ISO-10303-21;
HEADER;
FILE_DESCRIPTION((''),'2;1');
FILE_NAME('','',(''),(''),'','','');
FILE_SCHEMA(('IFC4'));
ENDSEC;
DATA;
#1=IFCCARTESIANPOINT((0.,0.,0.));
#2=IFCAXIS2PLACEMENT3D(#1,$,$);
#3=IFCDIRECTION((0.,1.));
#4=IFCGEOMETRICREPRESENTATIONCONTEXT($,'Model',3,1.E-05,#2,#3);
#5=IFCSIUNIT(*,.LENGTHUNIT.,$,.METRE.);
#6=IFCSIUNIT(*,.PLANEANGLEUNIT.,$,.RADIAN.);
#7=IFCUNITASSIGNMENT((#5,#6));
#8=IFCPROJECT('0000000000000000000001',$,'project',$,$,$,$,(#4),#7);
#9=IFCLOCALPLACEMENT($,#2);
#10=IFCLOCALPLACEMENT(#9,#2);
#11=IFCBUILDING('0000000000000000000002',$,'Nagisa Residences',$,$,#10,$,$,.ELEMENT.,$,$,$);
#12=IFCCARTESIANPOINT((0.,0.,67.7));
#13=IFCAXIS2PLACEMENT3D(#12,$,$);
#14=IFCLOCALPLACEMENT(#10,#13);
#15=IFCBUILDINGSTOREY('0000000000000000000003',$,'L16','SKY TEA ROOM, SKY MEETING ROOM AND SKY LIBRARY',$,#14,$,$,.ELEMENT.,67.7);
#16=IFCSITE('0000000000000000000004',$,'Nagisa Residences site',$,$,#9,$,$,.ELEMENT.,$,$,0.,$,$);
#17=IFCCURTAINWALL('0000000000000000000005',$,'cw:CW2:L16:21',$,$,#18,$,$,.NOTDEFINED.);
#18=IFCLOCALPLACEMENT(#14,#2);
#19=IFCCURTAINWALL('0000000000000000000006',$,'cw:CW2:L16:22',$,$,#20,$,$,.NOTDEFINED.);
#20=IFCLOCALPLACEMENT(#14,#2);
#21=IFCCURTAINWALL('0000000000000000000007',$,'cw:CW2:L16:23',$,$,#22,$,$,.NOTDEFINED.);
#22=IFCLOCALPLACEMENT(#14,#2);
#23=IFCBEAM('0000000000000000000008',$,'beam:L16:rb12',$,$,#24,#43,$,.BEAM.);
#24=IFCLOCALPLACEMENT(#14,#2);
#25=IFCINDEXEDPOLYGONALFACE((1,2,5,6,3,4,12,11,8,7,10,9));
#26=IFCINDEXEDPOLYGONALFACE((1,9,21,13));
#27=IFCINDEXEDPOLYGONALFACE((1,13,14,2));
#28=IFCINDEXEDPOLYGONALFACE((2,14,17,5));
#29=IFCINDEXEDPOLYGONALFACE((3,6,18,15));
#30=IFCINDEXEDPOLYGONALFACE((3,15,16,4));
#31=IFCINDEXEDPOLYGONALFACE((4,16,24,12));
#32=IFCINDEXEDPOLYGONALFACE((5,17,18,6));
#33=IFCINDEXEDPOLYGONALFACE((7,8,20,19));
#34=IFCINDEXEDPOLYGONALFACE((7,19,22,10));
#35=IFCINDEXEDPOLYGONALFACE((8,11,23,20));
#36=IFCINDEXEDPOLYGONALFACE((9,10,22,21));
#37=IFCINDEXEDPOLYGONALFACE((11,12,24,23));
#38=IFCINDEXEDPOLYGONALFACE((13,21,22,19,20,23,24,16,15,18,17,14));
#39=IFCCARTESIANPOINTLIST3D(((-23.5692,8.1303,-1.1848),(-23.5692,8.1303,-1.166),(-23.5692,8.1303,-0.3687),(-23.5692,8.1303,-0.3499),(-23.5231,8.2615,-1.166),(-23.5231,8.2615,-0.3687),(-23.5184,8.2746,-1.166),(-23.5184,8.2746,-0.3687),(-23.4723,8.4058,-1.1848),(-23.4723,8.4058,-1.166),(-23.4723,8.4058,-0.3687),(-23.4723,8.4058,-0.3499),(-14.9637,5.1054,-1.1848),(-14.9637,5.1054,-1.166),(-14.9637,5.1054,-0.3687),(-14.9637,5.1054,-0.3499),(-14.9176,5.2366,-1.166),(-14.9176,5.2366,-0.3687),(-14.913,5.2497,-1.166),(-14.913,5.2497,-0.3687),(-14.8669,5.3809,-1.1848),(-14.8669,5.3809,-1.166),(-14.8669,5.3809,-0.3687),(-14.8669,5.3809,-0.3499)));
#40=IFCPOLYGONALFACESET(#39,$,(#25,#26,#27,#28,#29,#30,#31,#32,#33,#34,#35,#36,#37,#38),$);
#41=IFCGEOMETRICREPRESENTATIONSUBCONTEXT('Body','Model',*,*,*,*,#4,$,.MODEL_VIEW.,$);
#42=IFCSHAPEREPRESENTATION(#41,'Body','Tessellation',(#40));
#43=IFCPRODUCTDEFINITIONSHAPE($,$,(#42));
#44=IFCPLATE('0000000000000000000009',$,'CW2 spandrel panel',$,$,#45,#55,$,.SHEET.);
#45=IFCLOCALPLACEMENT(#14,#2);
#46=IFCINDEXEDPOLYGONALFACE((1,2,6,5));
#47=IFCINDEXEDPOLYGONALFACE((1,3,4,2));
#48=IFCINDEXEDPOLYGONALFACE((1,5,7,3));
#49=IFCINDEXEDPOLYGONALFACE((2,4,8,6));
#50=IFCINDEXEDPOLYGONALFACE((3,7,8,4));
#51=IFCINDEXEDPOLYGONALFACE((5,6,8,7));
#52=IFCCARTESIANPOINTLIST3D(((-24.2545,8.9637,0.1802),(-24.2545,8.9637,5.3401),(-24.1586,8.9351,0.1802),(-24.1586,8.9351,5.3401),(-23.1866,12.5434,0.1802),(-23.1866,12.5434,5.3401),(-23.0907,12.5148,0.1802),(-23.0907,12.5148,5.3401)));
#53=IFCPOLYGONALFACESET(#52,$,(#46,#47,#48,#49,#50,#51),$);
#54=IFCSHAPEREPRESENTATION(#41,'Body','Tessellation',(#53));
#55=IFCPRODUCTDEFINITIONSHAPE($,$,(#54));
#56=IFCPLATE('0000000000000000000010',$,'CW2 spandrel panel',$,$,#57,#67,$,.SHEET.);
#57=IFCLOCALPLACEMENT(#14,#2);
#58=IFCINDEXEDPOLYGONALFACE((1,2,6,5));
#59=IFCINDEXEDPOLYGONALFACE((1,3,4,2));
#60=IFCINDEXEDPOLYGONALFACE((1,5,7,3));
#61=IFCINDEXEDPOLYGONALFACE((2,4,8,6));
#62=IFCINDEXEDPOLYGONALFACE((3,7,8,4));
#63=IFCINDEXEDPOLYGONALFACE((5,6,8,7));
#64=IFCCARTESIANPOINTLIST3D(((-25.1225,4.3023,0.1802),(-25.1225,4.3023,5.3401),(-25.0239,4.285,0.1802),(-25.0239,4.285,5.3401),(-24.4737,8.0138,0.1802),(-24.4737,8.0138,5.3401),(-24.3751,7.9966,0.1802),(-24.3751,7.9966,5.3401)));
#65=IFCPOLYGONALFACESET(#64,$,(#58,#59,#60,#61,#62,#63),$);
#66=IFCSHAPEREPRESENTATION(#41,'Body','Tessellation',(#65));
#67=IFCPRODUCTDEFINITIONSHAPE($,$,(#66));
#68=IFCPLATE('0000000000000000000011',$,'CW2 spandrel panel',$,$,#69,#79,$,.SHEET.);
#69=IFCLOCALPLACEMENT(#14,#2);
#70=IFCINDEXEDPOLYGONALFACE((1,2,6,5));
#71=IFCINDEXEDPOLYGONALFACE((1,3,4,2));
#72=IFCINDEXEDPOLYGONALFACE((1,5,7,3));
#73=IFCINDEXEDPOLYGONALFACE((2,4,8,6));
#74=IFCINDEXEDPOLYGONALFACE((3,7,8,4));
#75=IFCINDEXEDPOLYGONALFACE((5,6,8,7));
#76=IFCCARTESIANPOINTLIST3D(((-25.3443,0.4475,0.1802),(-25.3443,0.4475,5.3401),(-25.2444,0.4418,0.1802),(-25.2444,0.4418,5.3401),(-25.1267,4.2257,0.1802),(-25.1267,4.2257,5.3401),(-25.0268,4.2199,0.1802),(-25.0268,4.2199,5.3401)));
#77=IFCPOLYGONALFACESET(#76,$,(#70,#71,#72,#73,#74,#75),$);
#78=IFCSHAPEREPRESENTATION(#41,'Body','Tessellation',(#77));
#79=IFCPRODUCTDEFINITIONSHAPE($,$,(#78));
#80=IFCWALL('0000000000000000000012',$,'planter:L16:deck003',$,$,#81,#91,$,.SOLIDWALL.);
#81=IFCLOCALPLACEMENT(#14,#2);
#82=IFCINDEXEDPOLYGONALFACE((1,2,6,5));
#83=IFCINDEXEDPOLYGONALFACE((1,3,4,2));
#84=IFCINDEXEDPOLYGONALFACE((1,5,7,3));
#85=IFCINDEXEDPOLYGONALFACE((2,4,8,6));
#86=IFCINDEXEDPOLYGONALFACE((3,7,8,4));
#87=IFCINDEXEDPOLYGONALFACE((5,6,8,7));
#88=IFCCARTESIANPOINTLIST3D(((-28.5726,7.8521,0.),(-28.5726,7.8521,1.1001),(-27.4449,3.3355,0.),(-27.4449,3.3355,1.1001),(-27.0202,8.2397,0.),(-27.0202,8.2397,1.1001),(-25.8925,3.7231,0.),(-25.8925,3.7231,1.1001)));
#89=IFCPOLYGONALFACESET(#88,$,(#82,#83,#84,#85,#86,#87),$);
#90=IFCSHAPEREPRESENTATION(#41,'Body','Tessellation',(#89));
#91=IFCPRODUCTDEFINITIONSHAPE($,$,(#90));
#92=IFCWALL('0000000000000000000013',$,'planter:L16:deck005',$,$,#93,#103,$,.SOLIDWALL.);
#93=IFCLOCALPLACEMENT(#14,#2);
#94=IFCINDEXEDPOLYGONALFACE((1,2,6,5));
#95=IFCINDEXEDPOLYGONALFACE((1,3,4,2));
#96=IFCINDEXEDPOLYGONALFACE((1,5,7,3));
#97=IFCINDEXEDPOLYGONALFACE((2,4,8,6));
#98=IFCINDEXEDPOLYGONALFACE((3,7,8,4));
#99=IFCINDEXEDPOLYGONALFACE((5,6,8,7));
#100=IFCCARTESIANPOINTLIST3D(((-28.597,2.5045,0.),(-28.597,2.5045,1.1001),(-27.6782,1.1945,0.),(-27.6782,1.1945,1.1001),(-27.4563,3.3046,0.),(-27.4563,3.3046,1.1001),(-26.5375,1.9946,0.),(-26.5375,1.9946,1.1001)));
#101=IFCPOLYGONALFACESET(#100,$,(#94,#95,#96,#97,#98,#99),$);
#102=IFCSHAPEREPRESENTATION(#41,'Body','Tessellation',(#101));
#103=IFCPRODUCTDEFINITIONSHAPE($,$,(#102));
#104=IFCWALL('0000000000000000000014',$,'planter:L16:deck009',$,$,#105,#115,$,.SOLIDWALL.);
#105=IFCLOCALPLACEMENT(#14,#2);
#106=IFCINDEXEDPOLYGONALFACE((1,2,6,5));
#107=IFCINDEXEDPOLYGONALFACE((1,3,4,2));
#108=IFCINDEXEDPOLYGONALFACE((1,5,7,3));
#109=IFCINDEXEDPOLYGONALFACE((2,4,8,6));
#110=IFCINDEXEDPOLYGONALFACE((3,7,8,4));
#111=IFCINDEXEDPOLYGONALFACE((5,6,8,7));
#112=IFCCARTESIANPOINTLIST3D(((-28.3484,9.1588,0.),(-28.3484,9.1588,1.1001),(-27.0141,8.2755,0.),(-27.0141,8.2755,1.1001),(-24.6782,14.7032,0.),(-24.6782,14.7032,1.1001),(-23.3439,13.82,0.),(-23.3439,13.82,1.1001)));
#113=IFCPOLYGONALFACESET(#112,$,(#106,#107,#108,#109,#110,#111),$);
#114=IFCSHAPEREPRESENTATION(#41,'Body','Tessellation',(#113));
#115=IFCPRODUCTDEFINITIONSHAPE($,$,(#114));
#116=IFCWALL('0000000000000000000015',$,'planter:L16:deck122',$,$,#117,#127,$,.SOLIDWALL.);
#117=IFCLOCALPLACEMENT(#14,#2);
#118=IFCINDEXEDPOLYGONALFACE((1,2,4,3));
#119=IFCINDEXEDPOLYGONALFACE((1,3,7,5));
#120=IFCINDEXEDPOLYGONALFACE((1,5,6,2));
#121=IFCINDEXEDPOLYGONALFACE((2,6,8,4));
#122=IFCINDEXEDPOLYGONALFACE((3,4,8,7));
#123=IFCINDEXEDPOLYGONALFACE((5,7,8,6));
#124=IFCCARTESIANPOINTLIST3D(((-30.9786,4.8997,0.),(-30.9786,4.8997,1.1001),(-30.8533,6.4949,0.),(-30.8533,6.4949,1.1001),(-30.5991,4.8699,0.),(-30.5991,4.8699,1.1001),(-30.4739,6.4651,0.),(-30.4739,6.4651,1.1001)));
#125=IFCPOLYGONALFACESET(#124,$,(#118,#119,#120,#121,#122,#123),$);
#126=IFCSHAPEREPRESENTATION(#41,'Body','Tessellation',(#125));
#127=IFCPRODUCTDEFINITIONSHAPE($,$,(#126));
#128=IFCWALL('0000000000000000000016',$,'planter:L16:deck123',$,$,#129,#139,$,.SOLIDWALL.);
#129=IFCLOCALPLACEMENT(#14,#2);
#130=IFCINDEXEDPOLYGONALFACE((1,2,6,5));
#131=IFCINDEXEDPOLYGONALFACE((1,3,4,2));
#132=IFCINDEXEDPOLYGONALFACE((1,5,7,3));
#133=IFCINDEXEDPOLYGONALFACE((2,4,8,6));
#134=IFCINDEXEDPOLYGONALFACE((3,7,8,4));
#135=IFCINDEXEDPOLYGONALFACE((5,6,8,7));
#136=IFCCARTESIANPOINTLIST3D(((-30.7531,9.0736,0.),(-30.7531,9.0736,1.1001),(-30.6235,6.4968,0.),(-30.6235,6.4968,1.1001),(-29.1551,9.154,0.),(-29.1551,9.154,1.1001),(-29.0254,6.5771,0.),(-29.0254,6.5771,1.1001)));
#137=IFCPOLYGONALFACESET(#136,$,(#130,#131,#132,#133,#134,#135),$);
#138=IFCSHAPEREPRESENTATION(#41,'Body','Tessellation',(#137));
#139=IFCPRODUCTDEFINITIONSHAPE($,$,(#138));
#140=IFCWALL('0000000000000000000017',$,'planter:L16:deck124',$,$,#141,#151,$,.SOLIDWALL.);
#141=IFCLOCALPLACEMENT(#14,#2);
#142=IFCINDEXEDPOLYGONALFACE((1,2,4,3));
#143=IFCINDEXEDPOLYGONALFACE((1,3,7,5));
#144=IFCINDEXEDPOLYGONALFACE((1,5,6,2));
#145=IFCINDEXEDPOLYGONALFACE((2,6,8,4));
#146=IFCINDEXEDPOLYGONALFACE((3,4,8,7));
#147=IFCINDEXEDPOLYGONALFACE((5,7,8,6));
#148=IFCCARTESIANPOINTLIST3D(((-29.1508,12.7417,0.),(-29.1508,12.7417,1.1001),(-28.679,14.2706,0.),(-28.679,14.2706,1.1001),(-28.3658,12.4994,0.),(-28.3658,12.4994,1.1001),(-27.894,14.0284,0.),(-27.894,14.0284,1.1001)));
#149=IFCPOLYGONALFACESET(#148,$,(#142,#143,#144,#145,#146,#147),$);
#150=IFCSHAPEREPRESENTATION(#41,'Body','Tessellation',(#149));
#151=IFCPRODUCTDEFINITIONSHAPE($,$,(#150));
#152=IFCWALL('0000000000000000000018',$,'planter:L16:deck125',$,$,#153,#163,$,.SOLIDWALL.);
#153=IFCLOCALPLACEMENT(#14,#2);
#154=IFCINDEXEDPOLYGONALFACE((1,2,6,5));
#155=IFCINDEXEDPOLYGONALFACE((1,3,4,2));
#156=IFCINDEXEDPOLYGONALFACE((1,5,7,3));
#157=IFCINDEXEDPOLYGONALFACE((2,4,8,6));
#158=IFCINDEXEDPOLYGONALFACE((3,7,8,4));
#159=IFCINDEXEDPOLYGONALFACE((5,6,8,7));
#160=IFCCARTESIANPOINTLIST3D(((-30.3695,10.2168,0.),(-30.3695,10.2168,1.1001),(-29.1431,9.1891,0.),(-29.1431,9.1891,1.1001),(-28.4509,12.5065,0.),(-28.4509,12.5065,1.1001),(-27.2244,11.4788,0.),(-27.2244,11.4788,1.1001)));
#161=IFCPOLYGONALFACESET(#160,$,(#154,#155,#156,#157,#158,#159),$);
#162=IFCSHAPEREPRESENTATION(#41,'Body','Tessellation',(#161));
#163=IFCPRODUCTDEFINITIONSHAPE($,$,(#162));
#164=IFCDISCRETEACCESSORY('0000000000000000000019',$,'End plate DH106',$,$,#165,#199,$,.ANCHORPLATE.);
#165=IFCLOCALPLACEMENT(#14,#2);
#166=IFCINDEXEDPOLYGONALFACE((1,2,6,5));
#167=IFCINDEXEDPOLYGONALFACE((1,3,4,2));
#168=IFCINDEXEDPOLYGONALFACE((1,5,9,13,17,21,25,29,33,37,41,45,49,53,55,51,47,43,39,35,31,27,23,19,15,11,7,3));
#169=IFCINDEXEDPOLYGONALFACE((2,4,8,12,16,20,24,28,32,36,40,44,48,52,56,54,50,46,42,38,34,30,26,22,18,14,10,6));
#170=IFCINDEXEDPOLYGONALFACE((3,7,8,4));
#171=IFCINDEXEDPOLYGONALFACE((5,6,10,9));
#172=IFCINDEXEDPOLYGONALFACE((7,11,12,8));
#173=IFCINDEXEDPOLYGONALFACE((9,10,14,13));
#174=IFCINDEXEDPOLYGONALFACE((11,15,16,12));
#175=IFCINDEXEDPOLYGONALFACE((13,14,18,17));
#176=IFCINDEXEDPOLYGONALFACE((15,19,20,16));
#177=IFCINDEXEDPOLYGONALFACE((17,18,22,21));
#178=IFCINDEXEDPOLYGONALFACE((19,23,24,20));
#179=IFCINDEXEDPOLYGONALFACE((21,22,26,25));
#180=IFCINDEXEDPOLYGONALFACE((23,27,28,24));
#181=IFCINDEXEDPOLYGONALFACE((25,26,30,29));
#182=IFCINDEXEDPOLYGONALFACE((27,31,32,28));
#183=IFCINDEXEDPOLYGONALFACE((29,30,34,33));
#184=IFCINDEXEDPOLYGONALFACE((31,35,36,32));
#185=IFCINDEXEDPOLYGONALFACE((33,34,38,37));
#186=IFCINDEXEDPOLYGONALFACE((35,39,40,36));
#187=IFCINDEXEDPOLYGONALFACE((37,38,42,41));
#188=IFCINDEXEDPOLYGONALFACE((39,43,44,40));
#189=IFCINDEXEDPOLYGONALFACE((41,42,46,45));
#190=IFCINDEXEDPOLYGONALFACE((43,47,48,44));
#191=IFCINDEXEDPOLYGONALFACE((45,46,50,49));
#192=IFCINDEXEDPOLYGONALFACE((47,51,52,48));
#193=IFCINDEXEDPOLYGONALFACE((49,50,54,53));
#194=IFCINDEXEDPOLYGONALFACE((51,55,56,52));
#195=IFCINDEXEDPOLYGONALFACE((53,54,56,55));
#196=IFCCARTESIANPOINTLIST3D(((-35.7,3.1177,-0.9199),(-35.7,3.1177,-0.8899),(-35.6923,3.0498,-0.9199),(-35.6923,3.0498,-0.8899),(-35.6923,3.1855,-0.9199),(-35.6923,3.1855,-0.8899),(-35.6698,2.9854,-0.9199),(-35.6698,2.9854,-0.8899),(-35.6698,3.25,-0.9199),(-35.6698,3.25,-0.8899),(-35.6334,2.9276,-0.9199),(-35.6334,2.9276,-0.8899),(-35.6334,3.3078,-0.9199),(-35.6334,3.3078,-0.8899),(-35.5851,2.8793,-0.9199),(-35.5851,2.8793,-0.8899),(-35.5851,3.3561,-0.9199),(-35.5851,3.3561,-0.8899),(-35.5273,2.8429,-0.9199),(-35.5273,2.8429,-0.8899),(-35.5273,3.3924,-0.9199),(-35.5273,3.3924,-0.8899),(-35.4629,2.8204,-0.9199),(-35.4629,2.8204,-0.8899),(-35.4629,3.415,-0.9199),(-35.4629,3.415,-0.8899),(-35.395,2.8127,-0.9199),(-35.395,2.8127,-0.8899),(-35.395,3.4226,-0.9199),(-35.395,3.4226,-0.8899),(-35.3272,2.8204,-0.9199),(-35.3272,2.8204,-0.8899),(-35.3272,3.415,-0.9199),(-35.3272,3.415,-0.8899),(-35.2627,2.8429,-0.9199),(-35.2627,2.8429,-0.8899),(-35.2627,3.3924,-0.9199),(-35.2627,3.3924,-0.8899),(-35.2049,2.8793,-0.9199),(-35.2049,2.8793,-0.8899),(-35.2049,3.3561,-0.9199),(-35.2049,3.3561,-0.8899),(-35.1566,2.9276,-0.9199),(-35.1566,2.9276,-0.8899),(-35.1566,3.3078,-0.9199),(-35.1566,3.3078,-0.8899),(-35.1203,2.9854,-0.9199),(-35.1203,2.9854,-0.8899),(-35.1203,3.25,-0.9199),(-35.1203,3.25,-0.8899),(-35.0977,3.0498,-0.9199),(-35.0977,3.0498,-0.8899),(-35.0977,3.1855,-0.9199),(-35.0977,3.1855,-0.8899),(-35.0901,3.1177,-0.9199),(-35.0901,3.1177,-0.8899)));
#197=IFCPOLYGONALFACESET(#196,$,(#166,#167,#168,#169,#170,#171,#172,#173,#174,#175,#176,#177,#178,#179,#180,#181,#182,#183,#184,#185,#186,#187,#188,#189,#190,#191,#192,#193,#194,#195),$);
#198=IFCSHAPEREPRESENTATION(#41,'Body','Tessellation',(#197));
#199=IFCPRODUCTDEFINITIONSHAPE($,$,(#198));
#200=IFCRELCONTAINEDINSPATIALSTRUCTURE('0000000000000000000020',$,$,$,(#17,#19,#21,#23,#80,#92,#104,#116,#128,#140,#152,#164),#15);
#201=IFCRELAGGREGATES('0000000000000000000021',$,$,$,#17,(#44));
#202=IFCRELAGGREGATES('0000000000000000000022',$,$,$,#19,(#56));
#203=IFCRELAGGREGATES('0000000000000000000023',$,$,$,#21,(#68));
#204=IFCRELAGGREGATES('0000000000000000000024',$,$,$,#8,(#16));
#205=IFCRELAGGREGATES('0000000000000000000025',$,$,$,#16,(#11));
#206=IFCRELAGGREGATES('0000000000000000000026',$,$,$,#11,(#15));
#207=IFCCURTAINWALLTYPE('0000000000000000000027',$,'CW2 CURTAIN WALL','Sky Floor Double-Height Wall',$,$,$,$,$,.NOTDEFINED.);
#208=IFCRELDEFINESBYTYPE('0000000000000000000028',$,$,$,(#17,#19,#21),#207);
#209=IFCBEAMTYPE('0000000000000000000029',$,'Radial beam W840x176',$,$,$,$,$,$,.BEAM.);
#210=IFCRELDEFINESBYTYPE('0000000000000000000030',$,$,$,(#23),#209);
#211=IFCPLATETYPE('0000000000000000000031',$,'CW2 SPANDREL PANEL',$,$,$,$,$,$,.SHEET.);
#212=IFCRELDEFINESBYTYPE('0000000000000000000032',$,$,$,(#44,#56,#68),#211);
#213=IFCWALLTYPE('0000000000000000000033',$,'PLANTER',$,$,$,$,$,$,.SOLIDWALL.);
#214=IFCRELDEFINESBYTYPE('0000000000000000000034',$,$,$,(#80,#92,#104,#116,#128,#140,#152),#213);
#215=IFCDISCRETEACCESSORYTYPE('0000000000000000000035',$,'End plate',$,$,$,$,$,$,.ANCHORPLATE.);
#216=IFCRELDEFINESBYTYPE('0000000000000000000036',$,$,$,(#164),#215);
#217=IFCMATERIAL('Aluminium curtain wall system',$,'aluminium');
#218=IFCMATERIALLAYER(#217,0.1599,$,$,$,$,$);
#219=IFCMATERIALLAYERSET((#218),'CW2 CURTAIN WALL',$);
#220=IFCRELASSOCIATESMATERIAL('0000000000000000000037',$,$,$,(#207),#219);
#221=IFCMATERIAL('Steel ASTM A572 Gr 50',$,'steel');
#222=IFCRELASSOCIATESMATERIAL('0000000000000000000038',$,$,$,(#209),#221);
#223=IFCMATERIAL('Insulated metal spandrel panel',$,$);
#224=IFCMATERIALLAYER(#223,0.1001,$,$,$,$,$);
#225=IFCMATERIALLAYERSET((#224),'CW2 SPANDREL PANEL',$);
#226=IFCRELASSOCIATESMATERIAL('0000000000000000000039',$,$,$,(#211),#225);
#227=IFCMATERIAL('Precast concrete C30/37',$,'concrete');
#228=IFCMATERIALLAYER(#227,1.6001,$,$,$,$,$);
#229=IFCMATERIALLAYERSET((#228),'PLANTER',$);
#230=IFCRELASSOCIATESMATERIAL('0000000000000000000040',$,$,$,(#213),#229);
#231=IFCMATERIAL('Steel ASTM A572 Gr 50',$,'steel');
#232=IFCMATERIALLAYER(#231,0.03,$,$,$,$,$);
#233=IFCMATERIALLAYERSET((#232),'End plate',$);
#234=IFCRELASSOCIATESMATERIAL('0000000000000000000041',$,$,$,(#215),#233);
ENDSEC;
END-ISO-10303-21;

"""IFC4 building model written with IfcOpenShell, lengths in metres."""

from ifc_helpers import new_model, si_unit, direction, frame, frame_2d, origin, origin_2d, place, context, subcontext, project, spatial, rectangle, circle, i_section, extrude, material, layer, layer_set, material_profile, profile_set, type_object, element, aggregate, save


model = new_model("IFC4")

# Units and contexts
model_context = context("Model", 3, precision=1e-05, world=origin(), true_north=direction((0.0, 1.0)))
body_context = subcontext(model_context, "Body", "Model", "MODEL_VIEW")
ifc_project = project(units=[si_unit("LENGTHUNIT", "METRE"), si_unit("PLANEANGLEUNIT", "RADIAN")], contexts=[model_context])

# Site, building, storey
site_placement = place(None, origin())
site = spatial("IfcSite", under=ifc_project, at=site_placement, Name="Nagisa Residences site", CompositionType="ELEMENT", RefElevation=0.0)
building_placement = place(site_placement, origin())
building = spatial("IfcBuilding", under=site, at=building_placement, Name="Nagisa Residences", CompositionType="ELEMENT")
storey_placement = place(building_placement, frame((0.0, 0.0, 67.7)))
storey = spatial("IfcBuildingStorey", under=building, at=storey_placement, Name="L16", Description="SKY TEA ROOM, SKY MEETING ROOM AND SKY LIBRARY", CompositionType="ELEMENT", Elevation=67.7)

# Curtain walls
ifc_material_1 = material(Name="Aluminium curtain wall system", Category="aluminium")
ifc_layer_1 = layer(ifc_material_1, 0.1599)
ifc_layer_set_1 = layer_set([ifc_layer_1], Name="CW2 CURTAIN WALL")
curtain_wall_type = type_object("IfcCurtainWallType", Name="CW2 CURTAIN WALL", Description="Sky Floor Double-Height Wall", PredefinedType="NOTDEFINED", material=ifc_layer_set_1)
curtain_wall_1_placement = place(storey_placement, origin())
curtain_wall_1 = element("IfcCurtainWall", 1, at=curtain_wall_1_placement, inside=storey, type_object=curtain_wall_type, Name="cw:CW2:L16:21", PredefinedType="NOTDEFINED")
curtain_wall_2_placement = place(storey_placement, origin())
curtain_wall_2 = element("IfcCurtainWall", 2, at=curtain_wall_2_placement, inside=storey, type_object=curtain_wall_type, Name="cw:CW2:L16:22", PredefinedType="NOTDEFINED")
curtain_wall_3_placement = place(storey_placement, origin())
curtain_wall_3 = element("IfcCurtainWall", 3, at=curtain_wall_3_placement, inside=storey, type_object=curtain_wall_type, Name="cw:CW2:L16:23", PredefinedType="NOTDEFINED")

# Beam
ifc_material_2 = material(Name="Steel ASTM A572 Gr 50", Category="steel")
ifc_material_profile_1 = material_profile(ifc_material_2, i_section(OverallWidth=0.292, OverallDepth=0.835, WebThickness=0.0139, FlangeThickness=0.0188, at=origin_2d()), Name="W840x176")
ifc_profile_set_1 = profile_set([ifc_material_profile_1], Name="Steel ASTM A572 Gr 50")
beam_type_1 = type_object("IfcBeamType", Name="Radial beam W840x176", PredefinedType="BEAM", material=ifc_profile_set_1)
beam_1_placement = place(storey_placement, frame((-23.5208, 8.2681, -0.7673), z_axis=(0.943414, -0.331619, 0.0), x_axis=(0.331619, 0.943414, 0.0)))
element("IfcBeam", 4, at=beam_1_placement, inside=storey, type_object=beam_type_1, Name="beam:L16:rb12", PredefinedType="BEAM", context=body_context, shape_type="SweptSolid", body=[
    extrude(i_section(OverallWidth=0.292, OverallDepth=0.835, WebThickness=0.0139, FlangeThickness=0.0188, at=origin_2d()), origin(), (0.0, 0.0, 1.0), 9.1216),
])

# Plates
ifc_material_3 = material(Name="Insulated metal spandrel panel")
ifc_layer_2 = layer(ifc_material_3, 0.1001)
ifc_layer_set_2 = layer_set([ifc_layer_2], Name="CW2 SPANDREL PANEL")
plate_type = type_object("IfcPlateType", Name="CW2 SPANDREL PANEL", PredefinedType="SHEET", material=ifc_layer_set_2)
plate_1_placement = place(storey_placement, frame((-23.6726, 10.7393, 0.1802), z_axis=(0.0, 0.0, 1.0), x_axis=(-0.28586, -0.958271, 0.0)))
plate_1 = element("IfcPlate", 5, at=plate_1_placement, type_object=plate_type, Name="CW2 spandrel panel", PredefinedType="SHEET", context=body_context, shape_type="SweptSolid", body=[
    extrude(rectangle(XDim=3.7356, YDim=0.1001, at=origin_2d()), origin(), (0.0, 0.0, 1.0), 5.1599),
])
aggregate(curtain_wall_1, [plate_1])
plate_2_placement = place(storey_placement, frame((-24.7488, 6.1494, 0.1802), z_axis=(0.0, 0.0, 1.0), x_axis=(-0.172191, -0.985064, 0.0)))
plate_2 = element("IfcPlate", 6, at=plate_2_placement, type_object=plate_type, Name="CW2 spandrel panel", PredefinedType="SHEET", context=body_context, shape_type="SweptSolid", body=[
    extrude(rectangle(XDim=3.7678, YDim=0.1001, at=origin_2d()), origin(), (0.0, 0.0, 1.0), 5.1599),
])
aggregate(curtain_wall_2, [plate_2])
plate_3_placement = place(storey_placement, frame((-25.1855, 2.3337, 0.1802), z_axis=(0.0, 0.0, 1.0), x_axis=(-0.057503, -0.998345, 0.0)))
plate_3 = element("IfcPlate", 7, at=plate_3_placement, type_object=plate_type, Name="CW2 spandrel panel", PredefinedType="SHEET", context=body_context, shape_type="SweptSolid", body=[
    extrude(rectangle(XDim=3.7844, YDim=0.1001, at=origin_2d()), origin(), (0.0, 0.0, 1.0), 5.1599),
])
aggregate(curtain_wall_3, [plate_3])

# Walls
ifc_material_4 = material(Name="Precast concrete C30/37", Category="concrete")
ifc_layer_3 = layer(ifc_material_4, 1.6001)
ifc_layer_set_3 = layer_set([ifc_layer_3], Name="PLANTER")
wall_type = type_object("IfcWallType", Name="PLANTER", PredefinedType="SOLIDWALL", material=ifc_layer_set_3)
wall_1_placement = place(storey_placement, frame((-27.7964, 8.0459, 0.0), z_axis=(0.0, 0.0, 1.0), x_axis=(0.242239, -0.970216, 0.0)))
element("IfcWall", 8, at=wall_1_placement, inside=storey, type_object=wall_type, Name="planter:L16:deck003", PredefinedType="SOLIDWALL", context=body_context, shape_type="SweptSolid", body=[
    extrude(rectangle(XDim=4.6553, YDim=1.6001, at=frame_2d((2.3276, 0.0))), origin(), (0.0, 0.0, 1.0), 1.1001),
])
wall_2_placement = place(storey_placement, frame((-26.9968, 2.6497, 0.0), z_axis=(0.0, 0.0, 1.0), x_axis=(-0.818688, -0.574238, 0.0)))
element("IfcWall", 9, at=wall_2_placement, inside=storey, type_object=wall_type, Name="planter:L16:deck005", PredefinedType="SOLIDWALL", context=body_context, shape_type="SweptSolid", body=[
    extrude(rectangle(XDim=1.3933, YDim=1.6001, at=frame_2d((0.6968, 0.0))), origin(), (0.0, 0.0, 1.0), 1.1001),
])
wall_3_placement = place(storey_placement, frame((-24.011, 14.2617, 0.0), z_axis=(0.0, 0.0, 1.0), x_axis=(-0.551977, -0.833859, 0.0)))
element("IfcWall", 10, at=wall_3_placement, inside=storey, type_object=wall_type, Name="planter:L16:deck009", PredefinedType="SOLIDWALL", context=body_context, shape_type="SweptSolid", body=[
    extrude(rectangle(XDim=6.6492, YDim=1.6001, at=frame_2d((3.3247, 0.0))), origin(), (0.0, 0.0, 1.0), 1.1001),
])
wall_4_placement = place(storey_placement, frame((-30.5364, 5.6675, 0.0), z_axis=(0.0, 0.0, 1.0), x_axis=(-0.996932, 0.078266, 0.0)))
element("IfcWall", 11, at=wall_4_placement, inside=storey, type_object=wall_type, Name="planter:L16:deck122", PredefinedType="SOLIDWALL", context=body_context, shape_type="SweptSolid", body=[
    extrude(rectangle(XDim=0.3806, YDim=1.6001, at=frame_2d((0.1904, 0.0))), origin(), (0.0, 0.0, 1.0), 1.1001),
])
wall_5_placement = place(storey_placement, frame((-29.9541, 9.1138, 0.0), z_axis=(0.0, 0.0, 1.0), x_axis=(0.050244, -0.998737, 0.0)))
element("IfcWall", 12, at=wall_5_placement, inside=storey, type_object=wall_type, Name="planter:L16:deck123", PredefinedType="SOLIDWALL", context=body_context, shape_type="SweptSolid", body=[
    extrude(rectangle(XDim=2.5801, YDim=1.6001, at=frame_2d((1.29, 0.0))), origin(), (0.0, 0.0, 1.0), 1.1001),
])
wall_6_placement = place(storey_placement, frame((-28.9148, 13.5061, 0.0), z_axis=(0.0, 0.0, 1.0), x_axis=(0.955547, -0.294838, 0.0)))
element("IfcWall", 13, at=wall_6_placement, inside=storey, type_object=wall_type, Name="planter:L16:deck124", PredefinedType="SOLIDWALL", context=body_context, shape_type="SweptSolid", body=[
    extrude(rectangle(XDim=0.8215, YDim=1.6001, at=frame_2d((0.4106, 0.0))), origin(), (0.0, 0.0, 1.0), 1.1001),
])
wall_7_placement = place(storey_placement, frame((-27.8376, 11.9927, 0.0), z_axis=(0.0, 0.0, 1.0), x_axis=(-0.642264, -0.766484, 0.0)))
element("IfcWall", 14, at=wall_7_placement, inside=storey, type_object=wall_type, Name="planter:L16:deck125", PredefinedType="SOLIDWALL", context=body_context, shape_type="SweptSolid", body=[
    extrude(rectangle(XDim=2.9873, YDim=1.6001, at=frame_2d((1.4937, 0.0))), origin(), (0.0, 0.0, 1.0), 1.1001),
])

# Discrete accessory
ifc_material_5 = material(Name="Steel ASTM A572 Gr 50", Category="steel")
ifc_layer_4 = layer(ifc_material_5, 0.03)
ifc_layer_set_4 = layer_set([ifc_layer_4], Name="End plate")
discrete_accessory_type = type_object("IfcDiscreteAccessoryType", Name="End plate", PredefinedType="ANCHORPLATE", material=ifc_layer_set_4)
discrete_accessory_placement = place(storey_placement, frame((-35.395, 3.1177, -0.8899), z_axis=(0.0, 0.0, -1.0), x_axis=(1.0, 0.0, 0.0)))
element("IfcDiscreteAccessory", 15, at=discrete_accessory_placement, inside=storey, type_object=discrete_accessory_type, Name="End plate DH106", PredefinedType="ANCHORPLATE", context=body_context, shape_type="SweptSolid", body=[
    extrude(circle(Radius=0.3049, at=origin_2d()), origin(), (0.0, 0.0, 1.0), 0.03),
])

save(model, "model.ifc")
